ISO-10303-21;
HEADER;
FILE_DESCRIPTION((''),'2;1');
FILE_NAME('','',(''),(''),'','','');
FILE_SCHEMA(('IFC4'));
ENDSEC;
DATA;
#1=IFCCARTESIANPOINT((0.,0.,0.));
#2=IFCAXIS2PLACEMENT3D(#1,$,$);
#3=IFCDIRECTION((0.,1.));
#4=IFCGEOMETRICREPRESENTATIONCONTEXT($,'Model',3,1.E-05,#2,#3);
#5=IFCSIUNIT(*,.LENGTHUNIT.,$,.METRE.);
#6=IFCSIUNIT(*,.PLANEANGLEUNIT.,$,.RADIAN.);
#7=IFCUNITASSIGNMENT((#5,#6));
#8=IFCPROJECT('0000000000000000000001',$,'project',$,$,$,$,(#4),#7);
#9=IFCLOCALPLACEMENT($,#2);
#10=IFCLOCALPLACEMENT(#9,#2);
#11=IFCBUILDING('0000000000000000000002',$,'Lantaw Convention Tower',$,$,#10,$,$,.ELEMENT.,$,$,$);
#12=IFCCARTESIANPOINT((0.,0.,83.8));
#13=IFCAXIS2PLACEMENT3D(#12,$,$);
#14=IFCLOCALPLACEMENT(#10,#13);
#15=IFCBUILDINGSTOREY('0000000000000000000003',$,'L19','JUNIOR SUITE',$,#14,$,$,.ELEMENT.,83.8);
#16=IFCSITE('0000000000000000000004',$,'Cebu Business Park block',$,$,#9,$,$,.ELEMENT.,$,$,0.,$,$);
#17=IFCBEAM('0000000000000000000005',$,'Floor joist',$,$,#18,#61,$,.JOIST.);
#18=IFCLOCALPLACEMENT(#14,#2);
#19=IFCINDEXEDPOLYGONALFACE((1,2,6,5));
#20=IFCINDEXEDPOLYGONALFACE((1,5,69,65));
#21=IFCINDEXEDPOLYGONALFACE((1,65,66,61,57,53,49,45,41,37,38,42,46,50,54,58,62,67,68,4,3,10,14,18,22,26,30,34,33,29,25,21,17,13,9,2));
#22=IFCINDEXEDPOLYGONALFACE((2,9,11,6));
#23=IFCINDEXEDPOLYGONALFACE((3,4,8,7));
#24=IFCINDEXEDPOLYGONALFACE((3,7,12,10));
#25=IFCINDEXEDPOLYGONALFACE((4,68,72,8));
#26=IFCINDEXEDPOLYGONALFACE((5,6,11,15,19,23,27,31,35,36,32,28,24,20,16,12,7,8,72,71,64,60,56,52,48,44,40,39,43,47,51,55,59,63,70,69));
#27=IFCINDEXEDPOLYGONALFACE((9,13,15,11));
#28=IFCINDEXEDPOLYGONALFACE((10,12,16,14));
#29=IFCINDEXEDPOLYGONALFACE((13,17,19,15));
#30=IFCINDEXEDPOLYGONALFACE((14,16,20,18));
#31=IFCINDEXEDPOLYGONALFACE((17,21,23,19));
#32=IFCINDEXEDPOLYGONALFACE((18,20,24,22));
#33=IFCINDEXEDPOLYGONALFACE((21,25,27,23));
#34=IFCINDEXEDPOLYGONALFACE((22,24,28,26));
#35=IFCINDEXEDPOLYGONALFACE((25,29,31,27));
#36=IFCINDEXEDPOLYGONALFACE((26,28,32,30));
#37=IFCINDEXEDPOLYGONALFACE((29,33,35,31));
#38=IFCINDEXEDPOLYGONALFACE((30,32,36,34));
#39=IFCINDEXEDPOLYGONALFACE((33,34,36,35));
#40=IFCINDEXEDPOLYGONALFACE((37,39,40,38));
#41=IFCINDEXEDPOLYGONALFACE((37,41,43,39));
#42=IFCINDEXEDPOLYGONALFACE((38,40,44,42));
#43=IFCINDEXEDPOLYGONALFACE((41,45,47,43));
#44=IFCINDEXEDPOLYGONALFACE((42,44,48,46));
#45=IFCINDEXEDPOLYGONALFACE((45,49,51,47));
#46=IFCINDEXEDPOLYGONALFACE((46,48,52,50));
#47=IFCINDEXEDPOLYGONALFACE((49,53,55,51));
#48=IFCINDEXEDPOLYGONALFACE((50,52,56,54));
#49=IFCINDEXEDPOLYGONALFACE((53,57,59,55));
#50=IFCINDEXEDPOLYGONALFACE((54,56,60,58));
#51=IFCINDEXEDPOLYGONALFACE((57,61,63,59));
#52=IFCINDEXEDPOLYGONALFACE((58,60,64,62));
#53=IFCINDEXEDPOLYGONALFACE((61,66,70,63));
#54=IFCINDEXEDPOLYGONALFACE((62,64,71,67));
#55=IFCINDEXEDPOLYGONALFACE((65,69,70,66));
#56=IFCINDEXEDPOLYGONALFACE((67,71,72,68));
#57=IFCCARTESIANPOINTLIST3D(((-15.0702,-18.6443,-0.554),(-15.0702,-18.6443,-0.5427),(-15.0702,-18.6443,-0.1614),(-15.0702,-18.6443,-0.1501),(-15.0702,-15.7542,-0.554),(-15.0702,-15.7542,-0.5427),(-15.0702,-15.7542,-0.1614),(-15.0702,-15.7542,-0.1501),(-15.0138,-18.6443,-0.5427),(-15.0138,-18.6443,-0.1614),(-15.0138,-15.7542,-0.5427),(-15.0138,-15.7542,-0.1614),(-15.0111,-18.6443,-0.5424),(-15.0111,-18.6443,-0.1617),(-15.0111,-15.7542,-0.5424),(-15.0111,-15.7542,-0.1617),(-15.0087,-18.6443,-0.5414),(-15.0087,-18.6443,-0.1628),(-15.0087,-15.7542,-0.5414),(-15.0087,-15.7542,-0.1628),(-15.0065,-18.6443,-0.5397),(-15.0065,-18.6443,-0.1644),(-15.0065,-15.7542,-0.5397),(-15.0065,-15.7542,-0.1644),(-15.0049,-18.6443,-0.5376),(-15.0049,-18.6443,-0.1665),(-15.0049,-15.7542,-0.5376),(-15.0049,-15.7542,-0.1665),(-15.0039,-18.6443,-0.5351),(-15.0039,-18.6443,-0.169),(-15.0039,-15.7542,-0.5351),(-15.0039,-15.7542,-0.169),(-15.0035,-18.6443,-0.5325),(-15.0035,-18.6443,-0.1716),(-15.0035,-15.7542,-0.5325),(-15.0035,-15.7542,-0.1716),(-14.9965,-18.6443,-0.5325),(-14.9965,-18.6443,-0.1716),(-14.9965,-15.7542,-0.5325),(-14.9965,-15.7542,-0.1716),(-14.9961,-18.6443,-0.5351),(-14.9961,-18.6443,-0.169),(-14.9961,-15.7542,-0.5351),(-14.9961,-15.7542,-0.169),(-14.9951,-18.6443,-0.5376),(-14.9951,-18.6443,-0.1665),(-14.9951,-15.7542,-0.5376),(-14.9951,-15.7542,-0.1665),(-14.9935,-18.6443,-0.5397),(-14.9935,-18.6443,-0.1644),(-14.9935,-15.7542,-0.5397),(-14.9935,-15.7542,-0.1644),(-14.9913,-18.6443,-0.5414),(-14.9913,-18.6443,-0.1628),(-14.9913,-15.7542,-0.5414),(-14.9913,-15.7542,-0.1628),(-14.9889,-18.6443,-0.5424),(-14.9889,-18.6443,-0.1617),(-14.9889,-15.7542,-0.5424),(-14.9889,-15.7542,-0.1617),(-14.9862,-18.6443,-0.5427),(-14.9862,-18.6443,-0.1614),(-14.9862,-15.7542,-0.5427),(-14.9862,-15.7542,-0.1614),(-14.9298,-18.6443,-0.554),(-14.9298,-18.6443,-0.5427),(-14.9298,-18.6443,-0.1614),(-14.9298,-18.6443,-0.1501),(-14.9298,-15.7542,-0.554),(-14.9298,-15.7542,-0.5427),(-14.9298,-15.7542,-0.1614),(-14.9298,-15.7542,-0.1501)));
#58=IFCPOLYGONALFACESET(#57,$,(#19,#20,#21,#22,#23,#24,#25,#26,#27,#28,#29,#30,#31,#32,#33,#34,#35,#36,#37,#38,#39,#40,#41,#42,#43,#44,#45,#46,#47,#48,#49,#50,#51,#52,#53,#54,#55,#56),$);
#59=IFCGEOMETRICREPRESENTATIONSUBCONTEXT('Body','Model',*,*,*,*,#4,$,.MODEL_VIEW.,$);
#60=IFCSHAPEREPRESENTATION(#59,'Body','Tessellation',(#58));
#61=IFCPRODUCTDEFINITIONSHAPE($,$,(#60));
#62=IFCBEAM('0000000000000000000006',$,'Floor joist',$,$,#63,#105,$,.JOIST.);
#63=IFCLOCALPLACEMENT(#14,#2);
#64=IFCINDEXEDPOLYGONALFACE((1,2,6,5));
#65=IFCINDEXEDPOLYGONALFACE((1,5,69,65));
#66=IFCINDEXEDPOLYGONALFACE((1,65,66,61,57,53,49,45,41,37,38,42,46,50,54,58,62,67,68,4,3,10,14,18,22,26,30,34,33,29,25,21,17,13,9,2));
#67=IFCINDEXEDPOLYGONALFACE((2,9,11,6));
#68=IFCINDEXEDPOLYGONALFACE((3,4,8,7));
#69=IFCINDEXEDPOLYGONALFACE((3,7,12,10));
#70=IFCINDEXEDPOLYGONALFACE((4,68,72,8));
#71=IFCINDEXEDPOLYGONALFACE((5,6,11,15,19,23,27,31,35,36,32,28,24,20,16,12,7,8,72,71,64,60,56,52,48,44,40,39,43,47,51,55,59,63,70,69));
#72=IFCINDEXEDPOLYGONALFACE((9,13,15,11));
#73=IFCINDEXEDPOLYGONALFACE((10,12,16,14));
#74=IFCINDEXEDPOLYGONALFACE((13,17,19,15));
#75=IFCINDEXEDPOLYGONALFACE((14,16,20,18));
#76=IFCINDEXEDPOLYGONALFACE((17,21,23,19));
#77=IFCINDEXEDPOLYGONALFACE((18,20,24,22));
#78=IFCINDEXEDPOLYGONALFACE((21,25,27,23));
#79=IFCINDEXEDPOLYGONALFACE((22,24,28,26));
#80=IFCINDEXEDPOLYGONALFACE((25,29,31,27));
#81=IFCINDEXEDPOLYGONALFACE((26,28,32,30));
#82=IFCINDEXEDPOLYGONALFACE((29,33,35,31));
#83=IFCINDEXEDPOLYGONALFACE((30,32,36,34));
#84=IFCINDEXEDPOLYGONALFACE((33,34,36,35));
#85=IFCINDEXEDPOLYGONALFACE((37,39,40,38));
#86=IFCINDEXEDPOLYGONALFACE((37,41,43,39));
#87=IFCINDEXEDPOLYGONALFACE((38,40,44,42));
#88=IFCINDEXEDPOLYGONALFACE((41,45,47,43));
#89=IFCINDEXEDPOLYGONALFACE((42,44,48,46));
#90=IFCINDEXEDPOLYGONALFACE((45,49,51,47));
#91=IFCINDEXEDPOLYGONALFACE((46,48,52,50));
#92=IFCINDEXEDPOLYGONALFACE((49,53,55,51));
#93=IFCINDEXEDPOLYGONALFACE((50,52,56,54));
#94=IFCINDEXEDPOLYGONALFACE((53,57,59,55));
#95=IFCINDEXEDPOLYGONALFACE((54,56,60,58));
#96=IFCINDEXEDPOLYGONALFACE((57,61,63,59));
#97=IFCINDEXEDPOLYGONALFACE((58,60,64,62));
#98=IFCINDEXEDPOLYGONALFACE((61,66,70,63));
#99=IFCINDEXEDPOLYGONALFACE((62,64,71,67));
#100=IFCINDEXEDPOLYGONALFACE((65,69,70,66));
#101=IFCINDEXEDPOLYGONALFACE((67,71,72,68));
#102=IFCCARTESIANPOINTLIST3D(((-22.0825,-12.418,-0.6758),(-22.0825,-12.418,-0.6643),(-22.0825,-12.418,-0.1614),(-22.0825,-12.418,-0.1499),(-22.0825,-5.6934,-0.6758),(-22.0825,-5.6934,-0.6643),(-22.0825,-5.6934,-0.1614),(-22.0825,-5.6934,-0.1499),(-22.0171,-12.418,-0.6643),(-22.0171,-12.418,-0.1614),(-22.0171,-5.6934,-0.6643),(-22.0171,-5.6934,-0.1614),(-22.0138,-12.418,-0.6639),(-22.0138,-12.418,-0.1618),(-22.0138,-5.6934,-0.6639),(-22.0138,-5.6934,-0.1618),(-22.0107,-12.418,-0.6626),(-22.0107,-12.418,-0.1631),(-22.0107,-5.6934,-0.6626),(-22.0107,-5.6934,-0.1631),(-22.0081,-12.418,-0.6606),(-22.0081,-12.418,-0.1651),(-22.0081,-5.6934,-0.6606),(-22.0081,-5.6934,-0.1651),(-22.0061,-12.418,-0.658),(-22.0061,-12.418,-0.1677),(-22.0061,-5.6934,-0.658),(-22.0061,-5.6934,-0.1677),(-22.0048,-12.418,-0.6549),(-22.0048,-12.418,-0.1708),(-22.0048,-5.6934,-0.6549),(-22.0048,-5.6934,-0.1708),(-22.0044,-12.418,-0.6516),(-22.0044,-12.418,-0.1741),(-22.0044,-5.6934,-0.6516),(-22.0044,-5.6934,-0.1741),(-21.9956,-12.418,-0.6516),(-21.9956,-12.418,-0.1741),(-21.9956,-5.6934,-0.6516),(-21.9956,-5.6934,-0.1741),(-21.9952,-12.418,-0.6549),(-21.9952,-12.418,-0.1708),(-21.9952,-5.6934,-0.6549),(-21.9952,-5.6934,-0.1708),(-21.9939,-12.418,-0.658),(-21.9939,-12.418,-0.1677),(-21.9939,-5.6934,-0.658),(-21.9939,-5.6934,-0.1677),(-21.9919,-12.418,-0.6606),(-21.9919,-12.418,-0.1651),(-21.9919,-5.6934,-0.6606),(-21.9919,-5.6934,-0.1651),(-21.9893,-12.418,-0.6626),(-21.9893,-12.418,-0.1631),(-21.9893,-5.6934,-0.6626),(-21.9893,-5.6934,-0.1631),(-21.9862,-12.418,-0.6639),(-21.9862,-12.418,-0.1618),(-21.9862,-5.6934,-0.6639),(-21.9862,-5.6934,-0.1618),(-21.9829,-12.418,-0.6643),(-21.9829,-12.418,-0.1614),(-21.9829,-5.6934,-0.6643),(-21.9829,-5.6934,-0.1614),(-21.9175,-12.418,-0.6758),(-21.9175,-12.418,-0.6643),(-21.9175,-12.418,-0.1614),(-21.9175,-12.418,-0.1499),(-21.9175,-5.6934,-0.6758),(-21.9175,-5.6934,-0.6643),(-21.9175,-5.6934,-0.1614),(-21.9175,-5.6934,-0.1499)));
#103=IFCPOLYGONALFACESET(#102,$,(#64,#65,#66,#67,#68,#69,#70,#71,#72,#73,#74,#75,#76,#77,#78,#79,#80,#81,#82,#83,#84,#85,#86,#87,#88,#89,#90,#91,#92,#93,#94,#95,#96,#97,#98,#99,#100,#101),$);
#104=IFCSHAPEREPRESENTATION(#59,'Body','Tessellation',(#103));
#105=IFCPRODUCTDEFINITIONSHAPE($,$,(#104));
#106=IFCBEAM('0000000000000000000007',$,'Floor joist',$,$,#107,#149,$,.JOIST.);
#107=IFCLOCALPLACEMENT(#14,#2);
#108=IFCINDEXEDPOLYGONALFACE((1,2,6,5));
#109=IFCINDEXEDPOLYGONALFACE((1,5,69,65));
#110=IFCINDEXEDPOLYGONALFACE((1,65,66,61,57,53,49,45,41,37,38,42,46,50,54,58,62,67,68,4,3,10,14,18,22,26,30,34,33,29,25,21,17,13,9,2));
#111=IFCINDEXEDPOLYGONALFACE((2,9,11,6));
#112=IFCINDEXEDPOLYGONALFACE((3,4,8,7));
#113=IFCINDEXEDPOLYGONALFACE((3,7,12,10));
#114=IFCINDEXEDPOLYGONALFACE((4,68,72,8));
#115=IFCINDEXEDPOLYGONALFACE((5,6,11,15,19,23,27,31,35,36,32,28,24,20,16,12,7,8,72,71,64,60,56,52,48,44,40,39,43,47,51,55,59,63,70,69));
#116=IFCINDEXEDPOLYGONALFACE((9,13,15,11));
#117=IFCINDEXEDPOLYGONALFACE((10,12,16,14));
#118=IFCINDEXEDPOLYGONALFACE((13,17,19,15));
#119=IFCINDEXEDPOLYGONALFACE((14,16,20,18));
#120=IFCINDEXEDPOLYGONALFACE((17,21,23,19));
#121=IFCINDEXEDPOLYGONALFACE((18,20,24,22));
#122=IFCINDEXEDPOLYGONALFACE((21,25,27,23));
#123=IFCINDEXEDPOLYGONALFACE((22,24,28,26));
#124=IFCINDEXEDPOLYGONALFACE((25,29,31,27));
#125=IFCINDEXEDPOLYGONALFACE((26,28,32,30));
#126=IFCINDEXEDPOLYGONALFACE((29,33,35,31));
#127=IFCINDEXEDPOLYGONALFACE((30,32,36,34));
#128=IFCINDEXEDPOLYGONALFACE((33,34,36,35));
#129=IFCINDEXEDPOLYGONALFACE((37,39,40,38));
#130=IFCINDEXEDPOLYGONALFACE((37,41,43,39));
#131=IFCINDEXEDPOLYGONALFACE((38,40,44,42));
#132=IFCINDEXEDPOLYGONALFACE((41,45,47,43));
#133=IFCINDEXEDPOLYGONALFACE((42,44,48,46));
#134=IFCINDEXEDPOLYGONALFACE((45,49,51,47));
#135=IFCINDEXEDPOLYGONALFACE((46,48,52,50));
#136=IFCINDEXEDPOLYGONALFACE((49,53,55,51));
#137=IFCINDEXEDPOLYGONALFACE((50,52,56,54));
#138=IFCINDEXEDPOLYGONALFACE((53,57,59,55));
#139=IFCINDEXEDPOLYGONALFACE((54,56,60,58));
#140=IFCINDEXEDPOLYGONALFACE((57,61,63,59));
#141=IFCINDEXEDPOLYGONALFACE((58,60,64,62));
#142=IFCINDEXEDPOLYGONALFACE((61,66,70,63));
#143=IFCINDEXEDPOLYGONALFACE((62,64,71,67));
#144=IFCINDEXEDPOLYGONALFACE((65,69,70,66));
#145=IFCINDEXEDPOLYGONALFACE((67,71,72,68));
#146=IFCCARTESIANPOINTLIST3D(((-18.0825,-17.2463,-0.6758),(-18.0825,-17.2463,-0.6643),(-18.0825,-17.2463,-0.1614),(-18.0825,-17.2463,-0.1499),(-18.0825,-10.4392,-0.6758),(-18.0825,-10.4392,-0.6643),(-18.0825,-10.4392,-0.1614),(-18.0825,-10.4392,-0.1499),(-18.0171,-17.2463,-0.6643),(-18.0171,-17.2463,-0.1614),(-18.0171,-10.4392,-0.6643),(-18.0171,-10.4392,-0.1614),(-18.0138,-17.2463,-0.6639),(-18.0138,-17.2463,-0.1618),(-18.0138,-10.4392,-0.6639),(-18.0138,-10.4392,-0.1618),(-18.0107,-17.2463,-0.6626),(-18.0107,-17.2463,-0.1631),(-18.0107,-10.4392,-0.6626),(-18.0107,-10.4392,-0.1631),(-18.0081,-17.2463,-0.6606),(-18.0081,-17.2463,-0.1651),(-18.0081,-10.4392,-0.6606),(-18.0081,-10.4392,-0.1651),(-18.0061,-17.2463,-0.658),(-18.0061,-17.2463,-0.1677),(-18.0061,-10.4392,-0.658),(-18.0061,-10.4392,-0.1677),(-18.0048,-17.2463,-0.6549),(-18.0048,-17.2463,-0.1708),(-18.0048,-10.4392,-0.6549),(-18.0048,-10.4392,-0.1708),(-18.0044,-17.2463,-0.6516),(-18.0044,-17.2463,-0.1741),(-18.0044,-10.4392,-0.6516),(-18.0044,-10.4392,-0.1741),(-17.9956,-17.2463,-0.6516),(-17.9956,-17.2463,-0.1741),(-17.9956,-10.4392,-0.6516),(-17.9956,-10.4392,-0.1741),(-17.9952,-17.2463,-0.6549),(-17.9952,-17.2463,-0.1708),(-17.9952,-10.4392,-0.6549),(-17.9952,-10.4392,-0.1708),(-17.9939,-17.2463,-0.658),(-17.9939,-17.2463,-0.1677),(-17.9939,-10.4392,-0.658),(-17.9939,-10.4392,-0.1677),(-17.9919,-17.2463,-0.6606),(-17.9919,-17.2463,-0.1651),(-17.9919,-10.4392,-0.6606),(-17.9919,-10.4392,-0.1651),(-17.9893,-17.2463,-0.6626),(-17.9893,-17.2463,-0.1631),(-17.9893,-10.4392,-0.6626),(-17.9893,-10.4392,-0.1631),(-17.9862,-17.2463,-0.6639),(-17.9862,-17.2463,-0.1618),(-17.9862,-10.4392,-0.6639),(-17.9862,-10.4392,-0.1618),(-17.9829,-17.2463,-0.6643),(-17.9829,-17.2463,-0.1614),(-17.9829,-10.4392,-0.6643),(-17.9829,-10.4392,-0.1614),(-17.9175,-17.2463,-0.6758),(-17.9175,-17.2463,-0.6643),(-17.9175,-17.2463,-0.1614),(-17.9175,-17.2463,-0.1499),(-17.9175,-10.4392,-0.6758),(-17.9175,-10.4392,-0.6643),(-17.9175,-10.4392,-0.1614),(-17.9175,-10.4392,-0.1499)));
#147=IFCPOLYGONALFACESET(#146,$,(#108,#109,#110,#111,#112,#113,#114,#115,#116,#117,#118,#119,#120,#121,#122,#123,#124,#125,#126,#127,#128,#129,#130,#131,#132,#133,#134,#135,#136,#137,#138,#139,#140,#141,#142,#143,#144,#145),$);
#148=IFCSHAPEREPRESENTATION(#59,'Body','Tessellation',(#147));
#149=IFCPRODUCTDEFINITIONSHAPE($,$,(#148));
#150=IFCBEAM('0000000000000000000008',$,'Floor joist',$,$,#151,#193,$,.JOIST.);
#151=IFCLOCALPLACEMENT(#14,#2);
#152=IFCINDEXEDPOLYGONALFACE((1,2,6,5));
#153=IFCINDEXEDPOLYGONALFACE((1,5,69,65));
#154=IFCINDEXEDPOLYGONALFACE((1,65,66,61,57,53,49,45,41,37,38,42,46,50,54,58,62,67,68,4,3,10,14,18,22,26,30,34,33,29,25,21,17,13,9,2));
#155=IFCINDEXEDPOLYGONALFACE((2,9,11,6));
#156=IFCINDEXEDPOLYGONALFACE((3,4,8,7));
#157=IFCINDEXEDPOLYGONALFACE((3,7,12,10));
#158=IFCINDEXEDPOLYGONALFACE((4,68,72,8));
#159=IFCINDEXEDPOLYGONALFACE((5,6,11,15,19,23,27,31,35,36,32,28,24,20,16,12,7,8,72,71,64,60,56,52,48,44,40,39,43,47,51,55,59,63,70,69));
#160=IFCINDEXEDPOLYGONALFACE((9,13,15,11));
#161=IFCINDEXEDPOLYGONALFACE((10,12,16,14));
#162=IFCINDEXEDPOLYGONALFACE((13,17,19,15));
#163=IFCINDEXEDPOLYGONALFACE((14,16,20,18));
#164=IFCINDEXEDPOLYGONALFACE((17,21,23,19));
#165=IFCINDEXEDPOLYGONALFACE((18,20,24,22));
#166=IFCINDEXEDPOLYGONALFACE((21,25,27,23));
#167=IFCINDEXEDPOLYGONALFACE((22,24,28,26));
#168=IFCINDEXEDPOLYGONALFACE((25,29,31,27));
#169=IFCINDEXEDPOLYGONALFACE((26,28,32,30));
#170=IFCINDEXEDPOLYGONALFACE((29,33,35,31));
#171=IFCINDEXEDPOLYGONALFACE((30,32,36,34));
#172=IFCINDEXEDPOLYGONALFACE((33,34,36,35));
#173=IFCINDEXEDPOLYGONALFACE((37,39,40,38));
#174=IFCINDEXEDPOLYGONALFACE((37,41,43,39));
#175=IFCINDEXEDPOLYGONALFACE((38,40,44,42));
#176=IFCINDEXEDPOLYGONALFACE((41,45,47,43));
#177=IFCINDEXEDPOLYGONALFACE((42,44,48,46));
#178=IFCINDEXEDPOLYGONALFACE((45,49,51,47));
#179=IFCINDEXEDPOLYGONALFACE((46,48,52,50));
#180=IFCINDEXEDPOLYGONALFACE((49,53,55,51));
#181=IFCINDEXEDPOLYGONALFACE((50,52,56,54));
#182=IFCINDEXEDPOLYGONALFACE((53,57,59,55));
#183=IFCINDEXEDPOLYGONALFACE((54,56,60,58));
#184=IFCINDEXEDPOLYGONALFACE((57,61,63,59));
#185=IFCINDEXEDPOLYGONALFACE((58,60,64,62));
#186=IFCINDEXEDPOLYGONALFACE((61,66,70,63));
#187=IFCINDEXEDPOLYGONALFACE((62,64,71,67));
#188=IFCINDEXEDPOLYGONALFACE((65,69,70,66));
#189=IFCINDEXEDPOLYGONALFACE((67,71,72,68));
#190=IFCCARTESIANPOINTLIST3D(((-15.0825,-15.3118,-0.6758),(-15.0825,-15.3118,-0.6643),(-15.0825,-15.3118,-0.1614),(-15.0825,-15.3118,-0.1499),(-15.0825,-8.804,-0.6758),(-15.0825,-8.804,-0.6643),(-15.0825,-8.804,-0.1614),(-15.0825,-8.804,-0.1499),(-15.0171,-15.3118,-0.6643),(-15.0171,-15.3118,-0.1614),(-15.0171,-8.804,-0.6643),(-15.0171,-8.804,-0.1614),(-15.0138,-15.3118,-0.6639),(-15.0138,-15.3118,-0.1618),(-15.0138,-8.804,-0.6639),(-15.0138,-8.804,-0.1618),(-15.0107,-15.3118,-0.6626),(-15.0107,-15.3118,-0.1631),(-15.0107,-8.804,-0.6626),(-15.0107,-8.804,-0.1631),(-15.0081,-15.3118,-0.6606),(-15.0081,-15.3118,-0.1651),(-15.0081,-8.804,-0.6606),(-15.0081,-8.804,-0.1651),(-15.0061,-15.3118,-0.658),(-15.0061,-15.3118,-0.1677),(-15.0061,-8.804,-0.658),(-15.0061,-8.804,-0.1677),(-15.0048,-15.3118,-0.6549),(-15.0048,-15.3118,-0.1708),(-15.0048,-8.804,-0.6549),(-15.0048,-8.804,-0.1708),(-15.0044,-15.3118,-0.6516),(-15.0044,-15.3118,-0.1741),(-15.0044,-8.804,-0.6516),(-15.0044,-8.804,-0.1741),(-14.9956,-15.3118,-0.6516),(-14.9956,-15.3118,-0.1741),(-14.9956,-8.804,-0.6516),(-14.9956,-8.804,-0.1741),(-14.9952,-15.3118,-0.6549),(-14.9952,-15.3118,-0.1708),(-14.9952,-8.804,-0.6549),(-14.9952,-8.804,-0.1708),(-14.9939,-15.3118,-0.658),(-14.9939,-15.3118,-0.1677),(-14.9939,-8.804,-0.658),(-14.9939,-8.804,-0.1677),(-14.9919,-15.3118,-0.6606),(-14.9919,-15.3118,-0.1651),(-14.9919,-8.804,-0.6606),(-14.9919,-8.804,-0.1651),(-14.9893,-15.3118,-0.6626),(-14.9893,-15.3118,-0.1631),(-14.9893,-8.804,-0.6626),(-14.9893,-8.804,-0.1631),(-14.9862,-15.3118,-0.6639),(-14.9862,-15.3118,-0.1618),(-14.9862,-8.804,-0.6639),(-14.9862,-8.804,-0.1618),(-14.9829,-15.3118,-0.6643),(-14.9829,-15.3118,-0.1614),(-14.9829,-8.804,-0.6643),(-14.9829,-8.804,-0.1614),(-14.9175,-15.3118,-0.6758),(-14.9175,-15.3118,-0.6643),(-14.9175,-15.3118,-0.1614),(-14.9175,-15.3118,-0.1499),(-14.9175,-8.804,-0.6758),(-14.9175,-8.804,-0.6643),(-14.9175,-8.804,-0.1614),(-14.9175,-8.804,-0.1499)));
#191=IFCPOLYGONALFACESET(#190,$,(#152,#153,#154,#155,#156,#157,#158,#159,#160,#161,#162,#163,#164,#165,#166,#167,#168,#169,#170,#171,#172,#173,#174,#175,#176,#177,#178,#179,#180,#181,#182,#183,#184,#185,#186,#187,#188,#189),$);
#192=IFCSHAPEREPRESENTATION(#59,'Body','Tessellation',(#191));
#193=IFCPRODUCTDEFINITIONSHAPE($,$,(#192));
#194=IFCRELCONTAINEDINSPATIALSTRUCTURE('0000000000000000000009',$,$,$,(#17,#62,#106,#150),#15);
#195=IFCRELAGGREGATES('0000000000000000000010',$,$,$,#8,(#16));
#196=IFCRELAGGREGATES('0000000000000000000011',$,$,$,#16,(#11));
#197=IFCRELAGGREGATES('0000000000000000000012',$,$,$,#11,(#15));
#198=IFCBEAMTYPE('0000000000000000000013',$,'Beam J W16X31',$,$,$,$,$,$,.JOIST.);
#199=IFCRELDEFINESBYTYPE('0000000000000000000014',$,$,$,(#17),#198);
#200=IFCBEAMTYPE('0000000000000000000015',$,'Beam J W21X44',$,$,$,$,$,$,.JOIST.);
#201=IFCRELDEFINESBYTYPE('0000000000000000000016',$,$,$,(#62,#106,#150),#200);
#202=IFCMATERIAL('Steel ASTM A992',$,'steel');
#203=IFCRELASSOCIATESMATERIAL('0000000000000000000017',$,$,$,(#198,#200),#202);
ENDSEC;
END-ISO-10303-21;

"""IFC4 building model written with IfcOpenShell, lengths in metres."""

from ifc_helpers import new_model, si_unit, direction, frame, origin, origin_2d, place, context, subcontext, project, spatial, i_section, extrude, material, material_profile, profile_set, type_object, element, save


model = new_model("IFC4")

# Units and contexts
model_context = context("Model", 3, precision=1e-05, world=origin(), true_north=direction((0.0, 1.0)))
body_context = subcontext(model_context, "Body", "Model", "MODEL_VIEW")
ifc_project = project(units=[si_unit("LENGTHUNIT", "METRE"), si_unit("PLANEANGLEUNIT", "RADIAN")], contexts=[model_context])

# Site, building, storey
site_placement = place(None, origin())
site = spatial("IfcSite", under=ifc_project, at=site_placement, Name="Cebu Business Park block", CompositionType="ELEMENT", RefElevation=0.0)
building_placement = place(site_placement, origin())
building = spatial("IfcBuilding", under=site, at=building_placement, Name="Lantaw Convention Tower", CompositionType="ELEMENT")
storey_placement = place(building_placement, frame((0.0, 0.0, 83.8)))
storey = spatial("IfcBuildingStorey", under=building, at=storey_placement, Name="L19", Description="JUNIOR SUITE", CompositionType="ELEMENT", Elevation=83.8)

# Beams
ifc_material_1 = material(Name="Steel ASTM A992", Category="steel")
ifc_material_profile_1 = material_profile(ifc_material_1, i_section(OverallWidth=0.1404, OverallDepth=0.4038, WebThickness=0.0071, FlangeThickness=0.0112, FilletRadius=0.0103, at=origin_2d()), Name="W16X31")
ifc_profile_set_1 = profile_set([ifc_material_profile_1], Name="Steel ASTM A992")
beam_type_1 = type_object("IfcBeamType", Name="Beam J W16X31", PredefinedType="JOIST", material=ifc_profile_set_1)
beam_1_placement = place(storey_placement, frame((-15.0, -18.6443, -0.3521), z_axis=(0.0, 1.0, 0.0), x_axis=(-1.0, 0.0, 0.0)))
element("IfcBeam", 1, at=beam_1_placement, inside=storey, type_object=beam_type_1, Name="Floor joist", PredefinedType="JOIST", context=body_context, shape_type="SweptSolid", body=[
    extrude(i_section(OverallWidth=0.1404, OverallDepth=0.4038, WebThickness=0.0071, FlangeThickness=0.0112, FilletRadius=0.0103, at=origin_2d()), origin(), (0.0, 0.0, 1.0), 2.8901),
])
ifc_material_profile_2 = material_profile(ifc_material_1, i_section(OverallWidth=0.165, OverallDepth=0.5259, WebThickness=0.0088, FlangeThickness=0.0115, FilletRadius=0.0127, at=origin_2d()), Name="W21X44")
ifc_profile_set_2 = profile_set([ifc_material_profile_2], Name="Steel ASTM A992")
beam_type_2 = type_object("IfcBeamType", Name="Beam J W21X44", PredefinedType="JOIST", material=ifc_profile_set_2)
beam_2_placement = place(storey_placement, frame((-22.0, -12.418, -0.4128), z_axis=(0.0, 1.0, 0.0), x_axis=(-1.0, 0.0, 0.0)))
element("IfcBeam", 2, at=beam_2_placement, inside=storey, type_object=beam_type_2, Name="Floor joist", PredefinedType="JOIST", context=body_context, shape_type="SweptSolid", body=[
    extrude(i_section(OverallWidth=0.165, OverallDepth=0.5259, WebThickness=0.0088, FlangeThickness=0.0115, FilletRadius=0.0127, at=origin_2d()), origin(), (0.0, 0.0, 1.0), 6.7246),
])
beam_3_placement = place(storey_placement, frame((-18.0, -17.2463, -0.4128), z_axis=(0.0, 1.0, 0.0), x_axis=(-1.0, 0.0, 0.0)))
element("IfcBeam", 3, at=beam_3_placement, inside=storey, type_object=beam_type_2, Name="Floor joist", PredefinedType="JOIST", context=body_context, shape_type="SweptSolid", body=[
    extrude(i_section(OverallWidth=0.165, OverallDepth=0.5259, WebThickness=0.0088, FlangeThickness=0.0115, FilletRadius=0.0127, at=origin_2d()), origin(), (0.0, 0.0, 1.0), 6.8071),
])
beam_4_placement = place(storey_placement, frame((-15.0, -15.3118, -0.4128), z_axis=(0.0, 1.0, 0.0), x_axis=(-1.0, 0.0, 0.0)))
element("IfcBeam", 4, at=beam_4_placement, inside=storey, type_object=beam_type_2, Name="Floor joist", PredefinedType="JOIST", context=body_context, shape_type="SweptSolid", body=[
    extrude(i_section(OverallWidth=0.165, OverallDepth=0.5259, WebThickness=0.0088, FlangeThickness=0.0115, FilletRadius=0.0127, at=origin_2d()), origin(), (0.0, 0.0, 1.0), 6.5078),
])

save(model, "model.ifc")
